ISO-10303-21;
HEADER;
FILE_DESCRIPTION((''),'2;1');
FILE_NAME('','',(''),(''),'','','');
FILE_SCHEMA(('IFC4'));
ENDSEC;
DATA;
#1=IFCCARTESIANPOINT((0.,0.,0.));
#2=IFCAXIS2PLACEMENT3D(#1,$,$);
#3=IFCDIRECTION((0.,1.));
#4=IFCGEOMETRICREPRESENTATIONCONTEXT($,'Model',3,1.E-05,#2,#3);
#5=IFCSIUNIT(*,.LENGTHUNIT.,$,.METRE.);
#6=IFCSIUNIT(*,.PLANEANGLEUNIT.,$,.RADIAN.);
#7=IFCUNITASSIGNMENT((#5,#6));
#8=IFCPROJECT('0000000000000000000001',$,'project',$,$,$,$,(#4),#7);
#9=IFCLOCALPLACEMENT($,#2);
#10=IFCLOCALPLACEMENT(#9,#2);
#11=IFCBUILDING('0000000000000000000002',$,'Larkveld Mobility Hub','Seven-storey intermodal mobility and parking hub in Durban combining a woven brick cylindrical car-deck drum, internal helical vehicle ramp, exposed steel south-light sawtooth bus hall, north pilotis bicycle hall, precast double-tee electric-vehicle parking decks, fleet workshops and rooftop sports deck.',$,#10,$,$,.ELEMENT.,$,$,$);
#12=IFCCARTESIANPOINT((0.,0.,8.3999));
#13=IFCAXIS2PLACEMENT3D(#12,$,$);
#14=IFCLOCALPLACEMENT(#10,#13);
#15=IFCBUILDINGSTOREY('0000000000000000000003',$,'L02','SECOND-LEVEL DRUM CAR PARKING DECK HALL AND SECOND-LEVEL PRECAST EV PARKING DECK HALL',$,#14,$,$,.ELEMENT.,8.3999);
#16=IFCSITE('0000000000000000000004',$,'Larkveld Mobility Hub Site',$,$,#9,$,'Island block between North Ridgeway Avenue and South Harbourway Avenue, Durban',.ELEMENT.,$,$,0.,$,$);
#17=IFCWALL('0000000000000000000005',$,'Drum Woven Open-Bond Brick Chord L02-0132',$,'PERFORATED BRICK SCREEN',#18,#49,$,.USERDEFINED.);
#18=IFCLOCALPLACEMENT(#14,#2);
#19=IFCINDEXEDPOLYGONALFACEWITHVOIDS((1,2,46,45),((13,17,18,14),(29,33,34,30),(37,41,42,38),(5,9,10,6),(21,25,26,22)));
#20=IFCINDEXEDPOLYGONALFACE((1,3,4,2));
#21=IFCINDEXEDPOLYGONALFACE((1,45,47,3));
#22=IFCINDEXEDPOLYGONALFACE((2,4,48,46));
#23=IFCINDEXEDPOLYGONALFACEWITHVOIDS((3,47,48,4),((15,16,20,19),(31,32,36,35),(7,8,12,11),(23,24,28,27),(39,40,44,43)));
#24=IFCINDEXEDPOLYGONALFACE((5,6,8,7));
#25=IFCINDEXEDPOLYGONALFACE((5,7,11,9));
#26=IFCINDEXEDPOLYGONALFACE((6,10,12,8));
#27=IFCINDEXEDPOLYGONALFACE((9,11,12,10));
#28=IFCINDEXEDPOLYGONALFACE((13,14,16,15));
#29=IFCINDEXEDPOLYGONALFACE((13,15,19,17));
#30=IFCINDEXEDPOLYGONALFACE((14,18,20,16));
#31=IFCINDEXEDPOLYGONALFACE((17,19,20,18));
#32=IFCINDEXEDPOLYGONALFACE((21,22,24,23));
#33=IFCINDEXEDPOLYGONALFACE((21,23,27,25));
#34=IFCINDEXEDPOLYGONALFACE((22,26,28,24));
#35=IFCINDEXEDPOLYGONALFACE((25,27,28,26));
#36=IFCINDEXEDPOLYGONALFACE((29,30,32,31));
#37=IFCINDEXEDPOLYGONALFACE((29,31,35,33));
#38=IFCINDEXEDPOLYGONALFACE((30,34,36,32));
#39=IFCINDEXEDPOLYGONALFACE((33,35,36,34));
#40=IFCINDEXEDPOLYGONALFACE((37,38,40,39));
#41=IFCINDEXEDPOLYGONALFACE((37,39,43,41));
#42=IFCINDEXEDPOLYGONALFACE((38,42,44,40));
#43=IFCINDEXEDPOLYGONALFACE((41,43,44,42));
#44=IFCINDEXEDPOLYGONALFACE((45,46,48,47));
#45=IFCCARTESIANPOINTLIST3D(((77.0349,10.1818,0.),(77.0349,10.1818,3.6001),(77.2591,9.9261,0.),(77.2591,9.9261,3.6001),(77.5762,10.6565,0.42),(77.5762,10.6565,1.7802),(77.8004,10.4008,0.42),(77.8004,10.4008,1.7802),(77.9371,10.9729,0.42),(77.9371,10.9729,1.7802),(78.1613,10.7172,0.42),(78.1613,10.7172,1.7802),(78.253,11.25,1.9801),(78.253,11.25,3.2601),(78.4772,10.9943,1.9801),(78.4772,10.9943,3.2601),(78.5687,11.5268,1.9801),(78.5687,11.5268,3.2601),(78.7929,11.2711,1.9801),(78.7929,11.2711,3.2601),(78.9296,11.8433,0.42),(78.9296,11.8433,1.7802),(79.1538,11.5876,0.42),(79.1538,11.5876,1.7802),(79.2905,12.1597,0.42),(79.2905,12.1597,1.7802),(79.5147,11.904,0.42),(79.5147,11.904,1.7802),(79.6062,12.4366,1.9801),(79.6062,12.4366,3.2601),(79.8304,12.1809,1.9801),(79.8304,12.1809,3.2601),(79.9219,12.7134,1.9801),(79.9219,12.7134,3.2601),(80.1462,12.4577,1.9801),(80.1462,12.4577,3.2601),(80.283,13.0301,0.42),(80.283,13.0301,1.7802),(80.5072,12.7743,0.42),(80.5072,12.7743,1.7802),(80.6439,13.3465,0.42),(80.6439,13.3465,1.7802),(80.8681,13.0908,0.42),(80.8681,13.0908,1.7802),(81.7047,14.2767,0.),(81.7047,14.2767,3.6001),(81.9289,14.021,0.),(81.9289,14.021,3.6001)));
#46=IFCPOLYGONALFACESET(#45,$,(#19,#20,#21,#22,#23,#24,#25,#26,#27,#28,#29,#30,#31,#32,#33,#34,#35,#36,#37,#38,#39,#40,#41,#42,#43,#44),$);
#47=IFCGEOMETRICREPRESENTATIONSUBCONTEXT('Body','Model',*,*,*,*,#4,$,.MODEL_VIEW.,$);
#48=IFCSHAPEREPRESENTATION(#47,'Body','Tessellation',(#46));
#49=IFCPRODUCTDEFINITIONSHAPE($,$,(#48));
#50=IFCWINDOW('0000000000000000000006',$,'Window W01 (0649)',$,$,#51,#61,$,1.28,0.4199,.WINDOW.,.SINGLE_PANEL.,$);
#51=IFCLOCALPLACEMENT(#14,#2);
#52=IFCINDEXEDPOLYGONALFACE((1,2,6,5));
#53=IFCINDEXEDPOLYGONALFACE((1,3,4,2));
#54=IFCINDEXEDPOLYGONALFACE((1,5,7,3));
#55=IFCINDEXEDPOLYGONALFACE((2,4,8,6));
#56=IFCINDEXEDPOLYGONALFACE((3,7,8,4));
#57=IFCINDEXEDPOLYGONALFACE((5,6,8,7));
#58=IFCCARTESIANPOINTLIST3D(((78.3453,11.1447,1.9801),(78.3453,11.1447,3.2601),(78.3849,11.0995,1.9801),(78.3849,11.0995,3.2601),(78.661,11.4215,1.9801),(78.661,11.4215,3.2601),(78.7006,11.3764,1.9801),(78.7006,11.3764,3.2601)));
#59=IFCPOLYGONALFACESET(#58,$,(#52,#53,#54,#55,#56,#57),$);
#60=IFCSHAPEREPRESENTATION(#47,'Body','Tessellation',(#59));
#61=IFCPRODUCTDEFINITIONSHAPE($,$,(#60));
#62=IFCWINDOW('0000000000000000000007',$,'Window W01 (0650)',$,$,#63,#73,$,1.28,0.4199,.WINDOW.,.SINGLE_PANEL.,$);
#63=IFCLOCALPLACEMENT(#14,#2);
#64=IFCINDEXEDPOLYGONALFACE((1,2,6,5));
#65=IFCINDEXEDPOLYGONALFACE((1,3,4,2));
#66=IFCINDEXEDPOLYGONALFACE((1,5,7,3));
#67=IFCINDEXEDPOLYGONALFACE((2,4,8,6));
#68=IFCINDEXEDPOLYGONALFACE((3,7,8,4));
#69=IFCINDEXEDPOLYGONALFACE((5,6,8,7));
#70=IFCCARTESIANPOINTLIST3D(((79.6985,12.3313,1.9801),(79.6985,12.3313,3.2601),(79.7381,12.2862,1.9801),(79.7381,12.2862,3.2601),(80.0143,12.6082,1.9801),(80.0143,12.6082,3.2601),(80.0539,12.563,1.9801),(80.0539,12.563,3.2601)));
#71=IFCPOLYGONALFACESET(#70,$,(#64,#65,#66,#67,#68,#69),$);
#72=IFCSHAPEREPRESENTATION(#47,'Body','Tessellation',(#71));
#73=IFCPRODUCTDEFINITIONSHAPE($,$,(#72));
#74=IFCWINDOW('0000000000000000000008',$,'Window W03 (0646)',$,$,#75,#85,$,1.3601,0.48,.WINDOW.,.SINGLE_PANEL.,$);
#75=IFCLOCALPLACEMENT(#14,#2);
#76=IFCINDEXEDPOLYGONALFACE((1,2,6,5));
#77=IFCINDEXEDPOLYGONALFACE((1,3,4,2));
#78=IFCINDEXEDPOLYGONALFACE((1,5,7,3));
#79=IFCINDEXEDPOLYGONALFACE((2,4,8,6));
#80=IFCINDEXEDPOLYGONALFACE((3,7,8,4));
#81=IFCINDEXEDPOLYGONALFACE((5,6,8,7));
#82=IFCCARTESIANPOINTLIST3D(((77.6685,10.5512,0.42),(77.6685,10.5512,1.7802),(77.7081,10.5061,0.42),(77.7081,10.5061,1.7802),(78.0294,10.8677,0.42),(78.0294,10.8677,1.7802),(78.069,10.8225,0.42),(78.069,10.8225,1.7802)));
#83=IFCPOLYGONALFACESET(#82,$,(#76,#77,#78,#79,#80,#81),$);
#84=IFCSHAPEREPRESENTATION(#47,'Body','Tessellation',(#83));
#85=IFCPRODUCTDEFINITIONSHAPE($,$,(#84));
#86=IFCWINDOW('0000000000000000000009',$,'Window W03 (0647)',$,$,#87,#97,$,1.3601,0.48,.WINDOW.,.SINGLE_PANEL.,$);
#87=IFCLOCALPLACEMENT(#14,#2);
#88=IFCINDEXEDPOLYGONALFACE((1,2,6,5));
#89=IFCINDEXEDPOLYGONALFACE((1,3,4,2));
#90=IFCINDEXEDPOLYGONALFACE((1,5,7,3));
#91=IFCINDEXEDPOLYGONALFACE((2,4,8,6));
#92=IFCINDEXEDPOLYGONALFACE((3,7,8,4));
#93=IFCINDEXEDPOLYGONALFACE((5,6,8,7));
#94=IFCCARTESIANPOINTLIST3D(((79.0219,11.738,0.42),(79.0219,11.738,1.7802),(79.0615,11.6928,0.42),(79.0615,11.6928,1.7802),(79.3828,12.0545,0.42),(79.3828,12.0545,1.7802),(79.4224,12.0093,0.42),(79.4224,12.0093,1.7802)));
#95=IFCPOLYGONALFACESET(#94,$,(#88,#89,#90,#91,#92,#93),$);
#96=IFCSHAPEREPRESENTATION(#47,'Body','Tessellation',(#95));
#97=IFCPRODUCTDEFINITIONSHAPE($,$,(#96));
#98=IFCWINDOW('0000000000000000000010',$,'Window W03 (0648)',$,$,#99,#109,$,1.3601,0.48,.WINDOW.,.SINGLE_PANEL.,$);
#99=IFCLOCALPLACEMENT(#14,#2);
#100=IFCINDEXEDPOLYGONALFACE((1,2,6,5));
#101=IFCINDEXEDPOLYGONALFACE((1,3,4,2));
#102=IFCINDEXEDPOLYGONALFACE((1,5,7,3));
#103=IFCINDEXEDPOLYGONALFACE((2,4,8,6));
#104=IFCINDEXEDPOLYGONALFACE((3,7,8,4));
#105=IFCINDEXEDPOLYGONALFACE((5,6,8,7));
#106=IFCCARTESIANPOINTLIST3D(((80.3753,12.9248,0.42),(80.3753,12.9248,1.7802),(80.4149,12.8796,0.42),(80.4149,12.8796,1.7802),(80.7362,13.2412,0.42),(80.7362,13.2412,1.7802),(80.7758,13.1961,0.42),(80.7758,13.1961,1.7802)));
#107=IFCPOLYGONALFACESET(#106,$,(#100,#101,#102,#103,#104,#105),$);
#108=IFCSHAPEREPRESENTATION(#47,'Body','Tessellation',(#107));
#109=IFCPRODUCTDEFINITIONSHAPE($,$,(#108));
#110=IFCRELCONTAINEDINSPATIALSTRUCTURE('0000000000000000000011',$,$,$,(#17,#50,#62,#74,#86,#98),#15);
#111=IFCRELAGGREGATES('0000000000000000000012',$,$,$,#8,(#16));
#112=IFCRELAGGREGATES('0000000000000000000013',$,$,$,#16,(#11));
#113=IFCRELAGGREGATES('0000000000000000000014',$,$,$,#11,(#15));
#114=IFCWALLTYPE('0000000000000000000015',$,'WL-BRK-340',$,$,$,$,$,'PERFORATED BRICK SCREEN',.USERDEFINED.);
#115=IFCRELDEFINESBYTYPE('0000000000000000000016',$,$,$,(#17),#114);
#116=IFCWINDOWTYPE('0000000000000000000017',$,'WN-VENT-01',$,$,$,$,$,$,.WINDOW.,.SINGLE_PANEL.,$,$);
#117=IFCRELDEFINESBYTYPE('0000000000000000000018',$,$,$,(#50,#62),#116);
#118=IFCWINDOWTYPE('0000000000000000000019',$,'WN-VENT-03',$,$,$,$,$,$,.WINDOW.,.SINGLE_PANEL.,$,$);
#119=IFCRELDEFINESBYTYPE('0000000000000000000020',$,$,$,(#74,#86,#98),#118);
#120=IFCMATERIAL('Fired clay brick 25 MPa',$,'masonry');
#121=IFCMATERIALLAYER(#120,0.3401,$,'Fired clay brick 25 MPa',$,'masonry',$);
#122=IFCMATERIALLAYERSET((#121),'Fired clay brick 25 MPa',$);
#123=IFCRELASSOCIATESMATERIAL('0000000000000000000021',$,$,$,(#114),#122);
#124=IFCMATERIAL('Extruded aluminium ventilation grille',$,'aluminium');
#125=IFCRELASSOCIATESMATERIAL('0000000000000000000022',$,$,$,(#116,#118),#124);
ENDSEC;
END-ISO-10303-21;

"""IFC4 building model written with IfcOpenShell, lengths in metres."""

from ifc_helpers import new_model, si_unit, direction, frame, frame_2d, origin, place, context, subcontext, project, spatial, rectangle, extrude, material, layer, layer_set, type_object, element, fill, save


model = new_model("IFC4")

# Units and contexts
model_context = context("Model", 3, precision=1e-05, world=origin(), true_north=direction((0.0, 1.0)))
body_context = subcontext(model_context, "Body", "Model", "MODEL_VIEW")
ifc_project = project(units=[si_unit("LENGTHUNIT", "METRE"), si_unit("PLANEANGLEUNIT", "RADIAN")], contexts=[model_context])

# Site, building, storey
site_placement = place(None, origin())
site = spatial("IfcSite", under=ifc_project, at=site_placement, Name="Larkveld Mobility Hub Site", LongName="Island block between North Ridgeway Avenue and South Harbourway Avenue, Durban", CompositionType="ELEMENT", RefElevation=0.0)
building_placement = place(site_placement, origin())
building = spatial("IfcBuilding", under=site, at=building_placement, Name="Larkveld Mobility Hub", Description="Seven-storey intermodal mobility and parking hub in Durban combining a woven brick cylindrical car-deck drum, internal helical vehicle ramp, exposed steel south-light sawtooth bus hall, north pilotis bicycle hall, precast double-tee electric-vehicle parking decks, fleet workshops and rooftop sports deck.", CompositionType="ELEMENT")
storey_placement = place(building_placement, frame((0.0, 0.0, 8.3999)))
storey = spatial("IfcBuildingStorey", under=building, at=storey_placement, Name="L02", Description="SECOND-LEVEL DRUM CAR PARKING DECK HALL AND SECOND-LEVEL PRECAST EV PARKING DECK HALL", CompositionType="ELEMENT", Elevation=8.3999)

# Wall, openings, windows
ifc_material_1 = material(Name="Fired clay brick 25 MPa", Category="masonry")
ifc_layer = layer(ifc_material_1, 0.3401, Name="Fired clay brick 25 MPa", Category="masonry")
ifc_layer_set = layer_set([ifc_layer], Name="Fired clay brick 25 MPa")
wall_type = type_object("IfcWallType", Name="WL-BRK-340", ElementType="PERFORATED BRICK SCREEN", PredefinedType="USERDEFINED", material=ifc_layer_set)
wall_placement = place(storey_placement, frame((77.147, 10.054, 0.0), z_axis=(0.0, 0.0, 1.0), x_axis=(0.751875, 0.659306, 0.0)))
wall = element("IfcWall", 1, at=wall_placement, inside=storey, type_object=wall_type, Name="Drum Woven Open-Bond Brick Chord L02-0132", ObjectType="PERFORATED BRICK SCREEN", PredefinedType="USERDEFINED", context=body_context, shape_type="SweptSolid", body=[
    extrude(rectangle(XDim=6.2109, YDim=0.3401, at=frame_2d((3.1055, 0.0))), origin(), (0.0, 0.0, 1.0), 3.6001),
])
opening_1_placement = place(wall_placement, frame((0.72, 0.0, 0.4199)))
opening_1 = element("IfcOpeningElement", 2, at=opening_1_placement, cuts=wall, PredefinedType="OPENING", context=body_context, shape_type="SweptSolid", body=[
    extrude(rectangle(XDim=0.48, YDim=1.3601, at=frame_2d((0.24, 0.6802))), frame((0.0, 0.1802, 0.0), z_axis=(0.0, -1.0, 0.0), x_axis=(1.0, 0.0, 0.0)), (0.0, 0.0, 1.0), 0.3601),
])
opening_2_placement = place(wall_placement, frame((2.52, 0.0, 0.4199)))
opening_2 = element("IfcOpeningElement", 3, at=opening_2_placement, cuts=wall, PredefinedType="OPENING", context=body_context, shape_type="SweptSolid", body=[
    extrude(rectangle(XDim=0.48, YDim=1.3601, at=frame_2d((0.24, 0.6802))), frame((0.0, 0.1802, 0.0), z_axis=(0.0, -1.0, 0.0), x_axis=(1.0, 0.0, 0.0)), (0.0, 0.0, 1.0), 0.3601),
])
opening_3_placement = place(wall_placement, frame((4.3201, 0.0, 0.4199)))
opening_3 = element("IfcOpeningElement", 4, at=opening_3_placement, cuts=wall, PredefinedType="OPENING", context=body_context, shape_type="SweptSolid", body=[
    extrude(rectangle(XDim=0.48, YDim=1.3601, at=frame_2d((0.24, 0.6802))), frame((0.0, 0.1802, 0.0), z_axis=(0.0, -1.0, 0.0), x_axis=(1.0, 0.0, 0.0)), (0.0, 0.0, 1.0), 0.3601),
])
opening_4_placement = place(wall_placement, frame((1.6201, 0.0, 1.98)))
opening_4 = element("IfcOpeningElement", 5, at=opening_4_placement, cuts=wall, PredefinedType="OPENING", context=body_context, shape_type="SweptSolid", body=[
    extrude(rectangle(XDim=0.4199, YDim=1.28, at=frame_2d((0.21, 0.6401))), frame((0.0, 0.1802, 0.0), z_axis=(0.0, -1.0, 0.0), x_axis=(1.0, 0.0, 0.0)), (0.0, 0.0, 1.0), 0.3601),
])
opening_5_placement = place(wall_placement, frame((3.4199, 0.0, 1.98)))
opening_5 = element("IfcOpeningElement", 6, at=opening_5_placement, cuts=wall, PredefinedType="OPENING", context=body_context, shape_type="SweptSolid", body=[
    extrude(rectangle(XDim=0.4199, YDim=1.28, at=frame_2d((0.21, 0.6401))), frame((0.0, 0.1802, 0.0), z_axis=(0.0, -1.0, 0.0), x_axis=(1.0, 0.0, 0.0)), (0.0, 0.0, 1.0), 0.3601),
])
ifc_material_2 = material(Name="Extruded aluminium ventilation grille", Category="aluminium")
window_type_1 = type_object("IfcWindowType", Name="WN-VENT-01", PartitioningType="SINGLE_PANEL", PredefinedType="WINDOW", material=ifc_material_2)
window_1_placement = place(opening_4_placement, origin())
window_1 = element("IfcWindow", 7, at=window_1_placement, inside=storey, type_object=window_type_1, Name="Window W01 (0649)", OverallHeight=1.28, OverallWidth=0.4199, PartitioningType="SINGLE_PANEL", PredefinedType="WINDOW", context=body_context, shape_type="SweptSolid", body=[
    extrude(rectangle(XDim=0.4199, YDim=1.28, at=frame_2d((0.21, 0.6401))), frame((0.0, 0.03, 0.0), z_axis=(0.0, -1.0, 0.0), x_axis=(1.0, 0.0, 0.0)), (0.0, 0.0, 1.0), 0.0601),
])
fill(opening_4, window_1)
window_2_placement = place(opening_5_placement, origin())
window_2 = element("IfcWindow", 8, at=window_2_placement, inside=storey, type_object=window_type_1, Name="Window W01 (0650)", OverallHeight=1.28, OverallWidth=0.4199, PartitioningType="SINGLE_PANEL", PredefinedType="WINDOW", context=body_context, shape_type="SweptSolid", body=[
    extrude(rectangle(XDim=0.4199, YDim=1.28, at=frame_2d((0.21, 0.6401))), frame((0.0, 0.03, 0.0), z_axis=(0.0, -1.0, 0.0), x_axis=(1.0, 0.0, 0.0)), (0.0, 0.0, 1.0), 0.0601),
])
fill(opening_5, window_2)
window_type_2 = type_object("IfcWindowType", Name="WN-VENT-03", PartitioningType="SINGLE_PANEL", PredefinedType="WINDOW", material=ifc_material_2)
window_3_placement = place(opening_1_placement, origin())
window_3 = element("IfcWindow", 9, at=window_3_placement, inside=storey, type_object=window_type_2, Name="Window W03 (0646)", OverallHeight=1.3601, OverallWidth=0.48, PartitioningType="SINGLE_PANEL", PredefinedType="WINDOW", context=body_context, shape_type="SweptSolid", body=[
    extrude(rectangle(XDim=0.48, YDim=1.3601, at=frame_2d((0.24, 0.6802))), frame((0.0, 0.03, 0.0), z_axis=(0.0, -1.0, 0.0), x_axis=(1.0, 0.0, 0.0)), (0.0, 0.0, 1.0), 0.0601),
])
fill(opening_1, window_3)
window_4_placement = place(opening_2_placement, origin())
window_4 = element("IfcWindow", 10, at=window_4_placement, inside=storey, type_object=window_type_2, Name="Window W03 (0647)", OverallHeight=1.3601, OverallWidth=0.48, PartitioningType="SINGLE_PANEL", PredefinedType="WINDOW", context=body_context, shape_type="SweptSolid", body=[
    extrude(rectangle(XDim=0.48, YDim=1.3601, at=frame_2d((0.24, 0.6802))), frame((0.0, 0.03, 0.0), z_axis=(0.0, -1.0, 0.0), x_axis=(1.0, 0.0, 0.0)), (0.0, 0.0, 1.0), 0.0601),
])
fill(opening_2, window_4)
window_5_placement = place(opening_3_placement, origin())
window_5 = element("IfcWindow", 11, at=window_5_placement, inside=storey, type_object=window_type_2, Name="Window W03 (0648)", OverallHeight=1.3601, OverallWidth=0.48, PartitioningType="SINGLE_PANEL", PredefinedType="WINDOW", context=body_context, shape_type="SweptSolid", body=[
    extrude(rectangle(XDim=0.48, YDim=1.3601, at=frame_2d((0.24, 0.6802))), frame((0.0, 0.03, 0.0), z_axis=(0.0, -1.0, 0.0), x_axis=(1.0, 0.0, 0.0)), (0.0, 0.0, 1.0), 0.0601),
])
fill(opening_3, window_5)

save(model, "model.ifc")
